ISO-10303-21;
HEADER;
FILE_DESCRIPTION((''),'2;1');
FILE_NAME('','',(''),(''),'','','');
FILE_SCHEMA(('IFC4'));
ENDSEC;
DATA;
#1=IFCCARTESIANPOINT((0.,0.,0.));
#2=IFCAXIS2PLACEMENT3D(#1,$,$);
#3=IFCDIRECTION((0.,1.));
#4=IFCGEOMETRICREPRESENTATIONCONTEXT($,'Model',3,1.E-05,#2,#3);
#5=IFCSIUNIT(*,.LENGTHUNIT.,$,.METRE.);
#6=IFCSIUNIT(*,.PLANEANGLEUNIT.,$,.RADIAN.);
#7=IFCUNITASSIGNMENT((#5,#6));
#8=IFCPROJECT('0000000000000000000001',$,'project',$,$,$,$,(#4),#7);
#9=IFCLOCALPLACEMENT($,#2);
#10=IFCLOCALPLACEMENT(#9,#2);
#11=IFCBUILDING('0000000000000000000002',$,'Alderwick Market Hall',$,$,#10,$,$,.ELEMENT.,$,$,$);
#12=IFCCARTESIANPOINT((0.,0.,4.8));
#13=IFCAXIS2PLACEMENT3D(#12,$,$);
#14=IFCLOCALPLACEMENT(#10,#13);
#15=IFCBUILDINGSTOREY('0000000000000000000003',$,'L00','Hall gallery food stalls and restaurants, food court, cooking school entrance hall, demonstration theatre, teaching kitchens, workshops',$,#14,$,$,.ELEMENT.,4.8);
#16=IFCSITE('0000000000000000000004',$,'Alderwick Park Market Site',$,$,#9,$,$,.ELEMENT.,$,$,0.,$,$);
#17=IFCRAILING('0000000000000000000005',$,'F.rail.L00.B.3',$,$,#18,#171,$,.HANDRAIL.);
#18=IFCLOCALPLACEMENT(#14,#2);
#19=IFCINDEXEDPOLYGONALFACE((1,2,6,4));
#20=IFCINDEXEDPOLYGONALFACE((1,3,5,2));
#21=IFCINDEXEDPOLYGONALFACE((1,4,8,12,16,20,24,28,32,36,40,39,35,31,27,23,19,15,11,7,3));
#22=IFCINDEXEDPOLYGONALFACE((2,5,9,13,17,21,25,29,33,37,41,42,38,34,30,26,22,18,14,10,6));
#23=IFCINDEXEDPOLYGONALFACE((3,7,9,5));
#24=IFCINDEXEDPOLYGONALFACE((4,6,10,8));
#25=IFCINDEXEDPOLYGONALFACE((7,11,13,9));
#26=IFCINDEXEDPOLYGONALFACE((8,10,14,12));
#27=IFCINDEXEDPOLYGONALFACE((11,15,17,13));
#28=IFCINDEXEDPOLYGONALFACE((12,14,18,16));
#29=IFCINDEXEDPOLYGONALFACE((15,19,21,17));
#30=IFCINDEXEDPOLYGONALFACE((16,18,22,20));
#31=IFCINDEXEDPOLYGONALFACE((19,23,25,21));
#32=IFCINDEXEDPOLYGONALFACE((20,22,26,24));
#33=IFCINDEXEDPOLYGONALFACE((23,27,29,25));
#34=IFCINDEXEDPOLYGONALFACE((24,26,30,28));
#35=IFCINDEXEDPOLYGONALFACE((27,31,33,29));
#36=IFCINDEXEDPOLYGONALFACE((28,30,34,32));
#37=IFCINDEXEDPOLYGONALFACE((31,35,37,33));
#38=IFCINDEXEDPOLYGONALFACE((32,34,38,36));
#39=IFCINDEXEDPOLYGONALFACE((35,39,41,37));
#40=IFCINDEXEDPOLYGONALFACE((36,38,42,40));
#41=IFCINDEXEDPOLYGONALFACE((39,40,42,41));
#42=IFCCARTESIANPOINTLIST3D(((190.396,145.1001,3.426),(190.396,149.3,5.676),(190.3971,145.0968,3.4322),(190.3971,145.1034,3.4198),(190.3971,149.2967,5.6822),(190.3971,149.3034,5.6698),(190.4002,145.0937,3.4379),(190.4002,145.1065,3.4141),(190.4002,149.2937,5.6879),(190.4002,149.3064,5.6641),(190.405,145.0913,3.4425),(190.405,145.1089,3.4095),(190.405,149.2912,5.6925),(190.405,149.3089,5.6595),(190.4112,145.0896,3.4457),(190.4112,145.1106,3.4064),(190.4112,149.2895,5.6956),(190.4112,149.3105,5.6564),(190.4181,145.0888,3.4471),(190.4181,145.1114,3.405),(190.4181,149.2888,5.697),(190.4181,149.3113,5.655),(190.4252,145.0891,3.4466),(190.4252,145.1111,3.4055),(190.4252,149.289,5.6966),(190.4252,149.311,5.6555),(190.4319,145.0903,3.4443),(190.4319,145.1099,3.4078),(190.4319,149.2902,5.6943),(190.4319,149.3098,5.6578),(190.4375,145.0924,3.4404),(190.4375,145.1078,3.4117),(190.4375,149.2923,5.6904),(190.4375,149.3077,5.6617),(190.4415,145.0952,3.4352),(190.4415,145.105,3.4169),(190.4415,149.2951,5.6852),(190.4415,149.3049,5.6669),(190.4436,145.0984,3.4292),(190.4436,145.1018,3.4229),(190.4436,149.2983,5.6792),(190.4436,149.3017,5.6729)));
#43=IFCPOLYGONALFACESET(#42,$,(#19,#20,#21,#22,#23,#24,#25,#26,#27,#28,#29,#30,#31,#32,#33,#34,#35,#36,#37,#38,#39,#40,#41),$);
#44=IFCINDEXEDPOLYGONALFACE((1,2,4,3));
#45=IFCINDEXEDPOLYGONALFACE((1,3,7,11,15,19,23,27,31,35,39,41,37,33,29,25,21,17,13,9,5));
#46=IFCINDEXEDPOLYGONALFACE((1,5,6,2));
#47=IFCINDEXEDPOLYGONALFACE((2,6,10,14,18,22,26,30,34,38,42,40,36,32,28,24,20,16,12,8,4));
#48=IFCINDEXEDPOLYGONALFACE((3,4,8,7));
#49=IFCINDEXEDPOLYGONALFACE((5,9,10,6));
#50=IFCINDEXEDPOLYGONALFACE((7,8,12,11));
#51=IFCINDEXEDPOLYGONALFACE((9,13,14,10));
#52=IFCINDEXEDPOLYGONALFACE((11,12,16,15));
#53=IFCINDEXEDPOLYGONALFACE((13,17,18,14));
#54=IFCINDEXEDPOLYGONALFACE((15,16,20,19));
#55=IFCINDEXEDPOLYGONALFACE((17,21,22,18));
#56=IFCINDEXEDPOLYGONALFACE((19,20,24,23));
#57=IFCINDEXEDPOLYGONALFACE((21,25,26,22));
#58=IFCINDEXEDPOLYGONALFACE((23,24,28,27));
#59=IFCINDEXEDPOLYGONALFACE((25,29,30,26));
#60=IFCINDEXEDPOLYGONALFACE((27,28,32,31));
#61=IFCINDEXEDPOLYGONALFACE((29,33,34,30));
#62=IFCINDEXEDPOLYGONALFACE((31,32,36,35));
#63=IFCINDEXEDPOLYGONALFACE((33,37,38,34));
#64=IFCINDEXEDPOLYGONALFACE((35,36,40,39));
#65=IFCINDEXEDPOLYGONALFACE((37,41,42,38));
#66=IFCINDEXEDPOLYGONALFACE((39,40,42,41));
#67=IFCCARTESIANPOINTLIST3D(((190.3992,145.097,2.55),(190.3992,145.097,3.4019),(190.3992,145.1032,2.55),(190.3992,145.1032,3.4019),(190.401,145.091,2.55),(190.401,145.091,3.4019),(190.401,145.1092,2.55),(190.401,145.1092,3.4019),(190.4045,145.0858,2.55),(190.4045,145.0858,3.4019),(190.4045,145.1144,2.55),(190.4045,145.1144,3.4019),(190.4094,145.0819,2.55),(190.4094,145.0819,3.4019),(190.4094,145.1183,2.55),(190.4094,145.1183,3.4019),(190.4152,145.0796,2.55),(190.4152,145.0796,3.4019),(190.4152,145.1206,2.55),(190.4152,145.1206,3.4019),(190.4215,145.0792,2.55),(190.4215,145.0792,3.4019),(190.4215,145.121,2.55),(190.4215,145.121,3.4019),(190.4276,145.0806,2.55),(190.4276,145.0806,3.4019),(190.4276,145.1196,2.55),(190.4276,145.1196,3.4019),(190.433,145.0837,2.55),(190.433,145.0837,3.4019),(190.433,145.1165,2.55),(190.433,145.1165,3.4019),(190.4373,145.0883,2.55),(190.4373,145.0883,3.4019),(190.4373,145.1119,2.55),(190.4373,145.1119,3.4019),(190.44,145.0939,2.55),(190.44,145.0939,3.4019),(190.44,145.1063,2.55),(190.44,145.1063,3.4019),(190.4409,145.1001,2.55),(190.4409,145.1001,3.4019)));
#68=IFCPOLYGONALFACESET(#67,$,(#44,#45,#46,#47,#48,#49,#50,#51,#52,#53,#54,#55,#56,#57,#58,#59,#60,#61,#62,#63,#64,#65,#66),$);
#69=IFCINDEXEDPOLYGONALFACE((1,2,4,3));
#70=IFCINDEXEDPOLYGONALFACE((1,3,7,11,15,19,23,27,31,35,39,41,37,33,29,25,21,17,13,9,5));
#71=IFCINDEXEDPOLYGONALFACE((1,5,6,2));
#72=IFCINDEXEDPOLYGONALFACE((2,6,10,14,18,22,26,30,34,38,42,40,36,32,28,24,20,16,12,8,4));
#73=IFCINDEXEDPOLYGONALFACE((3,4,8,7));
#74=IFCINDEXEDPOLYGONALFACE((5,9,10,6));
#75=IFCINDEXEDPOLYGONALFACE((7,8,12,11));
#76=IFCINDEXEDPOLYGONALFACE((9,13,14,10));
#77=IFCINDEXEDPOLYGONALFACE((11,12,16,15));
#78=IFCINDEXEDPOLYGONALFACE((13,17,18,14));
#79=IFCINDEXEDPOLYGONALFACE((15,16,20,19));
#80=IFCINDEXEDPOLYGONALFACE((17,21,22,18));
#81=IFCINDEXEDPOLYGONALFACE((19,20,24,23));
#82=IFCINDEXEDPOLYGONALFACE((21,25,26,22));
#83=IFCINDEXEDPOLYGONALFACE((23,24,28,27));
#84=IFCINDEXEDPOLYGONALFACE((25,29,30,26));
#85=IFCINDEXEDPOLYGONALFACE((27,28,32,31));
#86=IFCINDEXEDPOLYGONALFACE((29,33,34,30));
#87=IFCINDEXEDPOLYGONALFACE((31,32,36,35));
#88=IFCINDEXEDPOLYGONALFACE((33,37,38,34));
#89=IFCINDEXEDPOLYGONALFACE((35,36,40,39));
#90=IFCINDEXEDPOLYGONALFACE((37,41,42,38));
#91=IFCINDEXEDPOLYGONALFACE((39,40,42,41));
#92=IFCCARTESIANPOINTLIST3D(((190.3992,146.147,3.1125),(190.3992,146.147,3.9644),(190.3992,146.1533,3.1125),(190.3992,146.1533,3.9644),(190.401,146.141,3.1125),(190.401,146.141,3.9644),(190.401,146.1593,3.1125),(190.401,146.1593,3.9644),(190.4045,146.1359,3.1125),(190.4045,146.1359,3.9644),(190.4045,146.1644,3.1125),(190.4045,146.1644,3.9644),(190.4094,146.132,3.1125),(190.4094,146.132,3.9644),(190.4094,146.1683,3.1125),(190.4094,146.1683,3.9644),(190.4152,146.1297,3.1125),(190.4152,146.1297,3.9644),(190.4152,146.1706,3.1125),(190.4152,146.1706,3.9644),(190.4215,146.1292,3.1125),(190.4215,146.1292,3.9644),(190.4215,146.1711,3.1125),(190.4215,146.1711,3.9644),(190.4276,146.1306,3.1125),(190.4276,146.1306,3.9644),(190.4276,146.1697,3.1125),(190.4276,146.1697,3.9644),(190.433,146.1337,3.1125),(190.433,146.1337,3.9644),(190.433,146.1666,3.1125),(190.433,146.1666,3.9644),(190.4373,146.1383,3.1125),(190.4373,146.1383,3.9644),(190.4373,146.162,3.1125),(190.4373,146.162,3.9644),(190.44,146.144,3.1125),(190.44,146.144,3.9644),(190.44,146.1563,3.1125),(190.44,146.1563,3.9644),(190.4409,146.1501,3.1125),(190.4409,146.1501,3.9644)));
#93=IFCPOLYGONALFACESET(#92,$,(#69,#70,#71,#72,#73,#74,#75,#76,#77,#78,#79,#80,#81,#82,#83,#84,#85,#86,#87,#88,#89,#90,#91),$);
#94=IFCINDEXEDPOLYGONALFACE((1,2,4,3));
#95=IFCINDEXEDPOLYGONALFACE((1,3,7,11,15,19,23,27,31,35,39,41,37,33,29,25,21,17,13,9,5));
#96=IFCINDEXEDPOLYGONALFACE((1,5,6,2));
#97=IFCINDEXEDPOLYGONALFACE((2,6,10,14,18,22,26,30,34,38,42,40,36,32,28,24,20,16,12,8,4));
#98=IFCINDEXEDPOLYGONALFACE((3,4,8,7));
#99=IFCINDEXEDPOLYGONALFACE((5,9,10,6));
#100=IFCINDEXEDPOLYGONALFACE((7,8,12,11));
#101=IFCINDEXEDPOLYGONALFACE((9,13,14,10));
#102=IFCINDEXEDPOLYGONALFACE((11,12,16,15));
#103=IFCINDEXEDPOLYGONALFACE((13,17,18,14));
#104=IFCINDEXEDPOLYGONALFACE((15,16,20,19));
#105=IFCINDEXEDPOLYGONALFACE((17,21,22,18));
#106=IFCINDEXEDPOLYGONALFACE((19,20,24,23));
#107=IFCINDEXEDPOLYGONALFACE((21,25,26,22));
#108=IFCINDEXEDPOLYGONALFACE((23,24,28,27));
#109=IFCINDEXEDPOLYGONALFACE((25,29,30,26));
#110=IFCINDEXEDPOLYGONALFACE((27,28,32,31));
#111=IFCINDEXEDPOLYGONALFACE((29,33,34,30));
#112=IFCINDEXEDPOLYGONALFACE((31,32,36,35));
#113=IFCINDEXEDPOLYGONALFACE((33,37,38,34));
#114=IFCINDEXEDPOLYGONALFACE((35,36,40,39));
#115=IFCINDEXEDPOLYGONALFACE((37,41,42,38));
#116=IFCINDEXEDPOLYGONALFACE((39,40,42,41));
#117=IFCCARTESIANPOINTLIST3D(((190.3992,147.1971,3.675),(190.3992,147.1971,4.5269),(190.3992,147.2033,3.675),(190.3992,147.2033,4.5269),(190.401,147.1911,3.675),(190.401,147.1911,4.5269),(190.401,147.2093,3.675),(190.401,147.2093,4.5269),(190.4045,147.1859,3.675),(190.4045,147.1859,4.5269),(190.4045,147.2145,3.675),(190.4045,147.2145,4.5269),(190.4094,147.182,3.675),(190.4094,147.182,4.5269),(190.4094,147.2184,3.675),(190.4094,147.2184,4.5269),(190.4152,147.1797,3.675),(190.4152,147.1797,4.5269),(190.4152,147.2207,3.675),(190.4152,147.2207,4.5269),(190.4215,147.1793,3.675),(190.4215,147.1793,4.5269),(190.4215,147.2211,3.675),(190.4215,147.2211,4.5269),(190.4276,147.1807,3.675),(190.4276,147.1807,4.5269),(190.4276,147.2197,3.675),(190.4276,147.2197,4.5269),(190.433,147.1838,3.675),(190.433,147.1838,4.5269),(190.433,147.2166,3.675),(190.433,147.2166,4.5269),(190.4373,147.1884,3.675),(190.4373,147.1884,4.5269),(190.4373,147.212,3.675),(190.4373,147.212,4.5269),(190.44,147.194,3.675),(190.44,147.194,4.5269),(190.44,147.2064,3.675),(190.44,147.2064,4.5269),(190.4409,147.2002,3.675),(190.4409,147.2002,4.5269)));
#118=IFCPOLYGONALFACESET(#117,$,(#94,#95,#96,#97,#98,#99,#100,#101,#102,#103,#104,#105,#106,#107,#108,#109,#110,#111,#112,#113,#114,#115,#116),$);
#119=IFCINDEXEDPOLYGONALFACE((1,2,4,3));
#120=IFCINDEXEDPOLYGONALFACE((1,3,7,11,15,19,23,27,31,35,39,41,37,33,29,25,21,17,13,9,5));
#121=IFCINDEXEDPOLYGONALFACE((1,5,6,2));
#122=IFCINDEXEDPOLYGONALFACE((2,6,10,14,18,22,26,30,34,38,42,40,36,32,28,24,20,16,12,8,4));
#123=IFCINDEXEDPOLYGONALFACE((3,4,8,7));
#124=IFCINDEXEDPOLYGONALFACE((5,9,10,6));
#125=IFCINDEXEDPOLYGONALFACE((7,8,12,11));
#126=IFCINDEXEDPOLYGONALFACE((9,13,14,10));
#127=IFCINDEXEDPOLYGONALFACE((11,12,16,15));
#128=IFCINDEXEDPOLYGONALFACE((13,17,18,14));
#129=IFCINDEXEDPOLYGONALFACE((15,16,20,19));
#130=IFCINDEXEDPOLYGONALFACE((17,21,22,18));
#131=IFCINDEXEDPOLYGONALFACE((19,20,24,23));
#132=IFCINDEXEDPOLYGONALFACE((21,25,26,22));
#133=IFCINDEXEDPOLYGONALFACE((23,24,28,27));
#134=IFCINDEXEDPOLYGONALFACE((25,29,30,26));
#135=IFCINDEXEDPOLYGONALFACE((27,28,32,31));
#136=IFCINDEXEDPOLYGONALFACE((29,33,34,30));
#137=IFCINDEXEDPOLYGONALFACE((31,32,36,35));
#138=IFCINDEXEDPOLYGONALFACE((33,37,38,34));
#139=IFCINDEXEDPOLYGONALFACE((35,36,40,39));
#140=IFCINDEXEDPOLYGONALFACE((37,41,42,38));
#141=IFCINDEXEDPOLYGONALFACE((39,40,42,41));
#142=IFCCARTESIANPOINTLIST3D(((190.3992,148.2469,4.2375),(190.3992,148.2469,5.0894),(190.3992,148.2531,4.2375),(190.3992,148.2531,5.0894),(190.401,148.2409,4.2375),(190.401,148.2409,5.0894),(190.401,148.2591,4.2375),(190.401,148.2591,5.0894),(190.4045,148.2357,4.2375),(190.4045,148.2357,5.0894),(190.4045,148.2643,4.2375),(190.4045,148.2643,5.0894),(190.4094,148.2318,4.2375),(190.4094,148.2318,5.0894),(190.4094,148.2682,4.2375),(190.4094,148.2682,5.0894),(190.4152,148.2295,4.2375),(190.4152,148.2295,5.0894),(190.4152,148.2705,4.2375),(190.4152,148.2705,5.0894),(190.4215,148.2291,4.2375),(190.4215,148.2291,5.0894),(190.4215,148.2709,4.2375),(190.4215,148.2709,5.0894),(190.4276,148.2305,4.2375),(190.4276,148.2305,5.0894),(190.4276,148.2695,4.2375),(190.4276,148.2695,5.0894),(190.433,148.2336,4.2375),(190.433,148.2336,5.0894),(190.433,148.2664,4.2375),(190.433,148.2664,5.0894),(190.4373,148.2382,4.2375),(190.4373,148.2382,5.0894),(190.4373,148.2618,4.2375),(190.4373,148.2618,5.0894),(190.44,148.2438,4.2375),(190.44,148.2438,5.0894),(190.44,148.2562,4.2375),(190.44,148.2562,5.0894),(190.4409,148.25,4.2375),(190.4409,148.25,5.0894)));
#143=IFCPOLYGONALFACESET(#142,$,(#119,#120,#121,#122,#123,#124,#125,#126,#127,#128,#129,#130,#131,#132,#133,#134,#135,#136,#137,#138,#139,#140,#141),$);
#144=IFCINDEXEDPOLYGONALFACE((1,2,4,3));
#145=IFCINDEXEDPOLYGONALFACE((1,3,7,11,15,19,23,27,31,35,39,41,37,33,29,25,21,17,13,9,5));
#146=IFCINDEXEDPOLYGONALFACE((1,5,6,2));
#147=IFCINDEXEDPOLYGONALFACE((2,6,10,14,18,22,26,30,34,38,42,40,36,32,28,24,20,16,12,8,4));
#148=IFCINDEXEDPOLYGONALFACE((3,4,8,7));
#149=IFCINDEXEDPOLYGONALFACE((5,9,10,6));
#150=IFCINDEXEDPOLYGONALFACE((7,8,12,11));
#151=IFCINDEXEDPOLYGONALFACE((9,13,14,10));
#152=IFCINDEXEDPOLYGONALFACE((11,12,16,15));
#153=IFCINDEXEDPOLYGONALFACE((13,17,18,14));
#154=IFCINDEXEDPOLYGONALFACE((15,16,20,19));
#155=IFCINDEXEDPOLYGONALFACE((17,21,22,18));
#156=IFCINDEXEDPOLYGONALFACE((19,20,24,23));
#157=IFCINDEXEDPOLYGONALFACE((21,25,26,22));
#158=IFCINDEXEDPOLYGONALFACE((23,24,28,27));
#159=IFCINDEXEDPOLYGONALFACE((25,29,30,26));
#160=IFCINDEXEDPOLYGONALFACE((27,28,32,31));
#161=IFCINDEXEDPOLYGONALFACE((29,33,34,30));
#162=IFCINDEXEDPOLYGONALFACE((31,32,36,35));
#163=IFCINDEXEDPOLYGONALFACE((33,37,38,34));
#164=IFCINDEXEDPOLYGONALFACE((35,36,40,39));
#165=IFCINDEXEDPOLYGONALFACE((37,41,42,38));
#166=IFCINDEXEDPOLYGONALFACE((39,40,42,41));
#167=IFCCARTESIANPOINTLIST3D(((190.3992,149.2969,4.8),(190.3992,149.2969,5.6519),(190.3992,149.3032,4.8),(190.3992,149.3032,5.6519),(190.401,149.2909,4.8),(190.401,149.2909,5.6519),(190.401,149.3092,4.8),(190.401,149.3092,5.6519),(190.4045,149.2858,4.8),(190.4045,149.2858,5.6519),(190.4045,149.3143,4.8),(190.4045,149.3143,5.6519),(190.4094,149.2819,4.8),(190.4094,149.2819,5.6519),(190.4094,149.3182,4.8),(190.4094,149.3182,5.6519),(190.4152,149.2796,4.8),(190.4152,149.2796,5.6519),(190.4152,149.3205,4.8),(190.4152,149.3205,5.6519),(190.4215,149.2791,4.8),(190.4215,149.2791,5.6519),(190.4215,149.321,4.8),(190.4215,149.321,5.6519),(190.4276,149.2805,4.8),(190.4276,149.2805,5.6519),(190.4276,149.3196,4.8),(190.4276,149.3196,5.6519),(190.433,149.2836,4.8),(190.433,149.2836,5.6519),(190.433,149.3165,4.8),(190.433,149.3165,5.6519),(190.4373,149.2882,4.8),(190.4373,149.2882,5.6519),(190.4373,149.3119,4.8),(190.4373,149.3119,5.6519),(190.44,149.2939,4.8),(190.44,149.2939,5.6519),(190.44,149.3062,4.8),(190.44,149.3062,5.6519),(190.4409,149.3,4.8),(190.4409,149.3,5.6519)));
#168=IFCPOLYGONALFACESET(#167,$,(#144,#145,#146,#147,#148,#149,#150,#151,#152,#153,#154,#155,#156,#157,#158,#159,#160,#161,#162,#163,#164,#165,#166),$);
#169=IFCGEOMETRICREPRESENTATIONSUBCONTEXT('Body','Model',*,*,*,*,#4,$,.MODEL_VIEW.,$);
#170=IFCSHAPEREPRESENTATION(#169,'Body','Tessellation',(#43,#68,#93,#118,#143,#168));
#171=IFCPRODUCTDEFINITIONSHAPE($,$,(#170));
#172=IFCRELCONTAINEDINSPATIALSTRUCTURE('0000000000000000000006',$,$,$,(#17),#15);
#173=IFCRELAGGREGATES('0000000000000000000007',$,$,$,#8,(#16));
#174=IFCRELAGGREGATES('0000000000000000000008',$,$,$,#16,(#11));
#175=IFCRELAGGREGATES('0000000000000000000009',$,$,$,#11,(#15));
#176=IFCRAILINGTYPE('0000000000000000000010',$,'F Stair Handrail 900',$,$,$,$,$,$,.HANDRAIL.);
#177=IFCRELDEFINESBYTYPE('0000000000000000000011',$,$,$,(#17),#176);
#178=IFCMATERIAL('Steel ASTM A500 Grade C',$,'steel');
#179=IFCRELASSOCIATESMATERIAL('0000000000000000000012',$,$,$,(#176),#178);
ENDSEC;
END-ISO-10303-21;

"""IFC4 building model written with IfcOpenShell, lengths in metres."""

from ifc_helpers import new_model, si_unit, direction, frame, origin, origin_2d, place, context, subcontext, project, spatial, circle, extrude, material, type_object, element, save


model = new_model("IFC4")

# Units and contexts
model_context = context("Model", 3, precision=1e-05, world=origin(), true_north=direction((0.0, 1.0)))
body_context = subcontext(model_context, "Body", "Model", "MODEL_VIEW")
ifc_project = project(units=[si_unit("LENGTHUNIT", "METRE"), si_unit("PLANEANGLEUNIT", "RADIAN")], contexts=[model_context])

# Site, building, storey
site_placement = place(None, origin())
site = spatial("IfcSite", under=ifc_project, at=site_placement, Name="Alderwick Park Market Site", CompositionType="ELEMENT", RefElevation=0.0)
building_placement = place(site_placement, origin())
building = spatial("IfcBuilding", under=site, at=building_placement, Name="Alderwick Market Hall", CompositionType="ELEMENT")
storey_placement = place(building_placement, frame((0.0, 0.0, 4.8)))
storey = spatial("IfcBuildingStorey", under=building, at=storey_placement, Name="L00", Description="Hall gallery food stalls and restaurants, food court, cooking school entrance hall, demonstration theatre, teaching kitchens, workshops", CompositionType="ELEMENT", Elevation=4.8)

# Railing
ifc_material_1 = material(Name="Steel ASTM A500 Grade C", Category="steel")
railing_type_1 = type_object("IfcRailingType", Name="F Stair Handrail 900", PredefinedType="HANDRAIL", material=ifc_material_1)
for number, where, name in (
    (1, (190.4199, 145.1001, 2.55), "F.rail.L00.B.3"),
):
    element("IfcRailing", number, at=place(storey_placement, frame(where)), inside=storey, type_object=railing_type_1, Name=name, PredefinedType="HANDRAIL", context=body_context, shape_type="SweptSolid", body=[
        extrude(circle(Radius=0.0239, at=origin_2d()), frame((0.0, 0.0, 0.876), z_axis=(0.0, 0.881478, 0.472226), x_axis=(-1.0, 0.0, 0.0)), (0.0, 0.0, 1.0), 4.7646),
        extrude(circle(Radius=0.021, at=origin_2d()), origin(), (0.0, 0.0, 1.0), 0.8518),
        extrude(circle(Radius=0.021, at=origin_2d()), frame((0.0, 1.05, 0.5625)), (0.0, 0.0, 1.0), 0.8518),
        extrude(circle(Radius=0.021, at=origin_2d()), frame((0.0, 2.1001, 1.125)), (0.0, 0.0, 1.0), 0.8518),
        extrude(circle(Radius=0.021, at=origin_2d()), frame((0.0, 3.1499, 1.6875)), (0.0, 0.0, 1.0), 0.8518),
        extrude(circle(Radius=0.021, at=origin_2d()), frame((0.0, 4.2, 2.25)), (0.0, 0.0, 1.0), 0.8518),
    ])

save(model, "model.ifc")
